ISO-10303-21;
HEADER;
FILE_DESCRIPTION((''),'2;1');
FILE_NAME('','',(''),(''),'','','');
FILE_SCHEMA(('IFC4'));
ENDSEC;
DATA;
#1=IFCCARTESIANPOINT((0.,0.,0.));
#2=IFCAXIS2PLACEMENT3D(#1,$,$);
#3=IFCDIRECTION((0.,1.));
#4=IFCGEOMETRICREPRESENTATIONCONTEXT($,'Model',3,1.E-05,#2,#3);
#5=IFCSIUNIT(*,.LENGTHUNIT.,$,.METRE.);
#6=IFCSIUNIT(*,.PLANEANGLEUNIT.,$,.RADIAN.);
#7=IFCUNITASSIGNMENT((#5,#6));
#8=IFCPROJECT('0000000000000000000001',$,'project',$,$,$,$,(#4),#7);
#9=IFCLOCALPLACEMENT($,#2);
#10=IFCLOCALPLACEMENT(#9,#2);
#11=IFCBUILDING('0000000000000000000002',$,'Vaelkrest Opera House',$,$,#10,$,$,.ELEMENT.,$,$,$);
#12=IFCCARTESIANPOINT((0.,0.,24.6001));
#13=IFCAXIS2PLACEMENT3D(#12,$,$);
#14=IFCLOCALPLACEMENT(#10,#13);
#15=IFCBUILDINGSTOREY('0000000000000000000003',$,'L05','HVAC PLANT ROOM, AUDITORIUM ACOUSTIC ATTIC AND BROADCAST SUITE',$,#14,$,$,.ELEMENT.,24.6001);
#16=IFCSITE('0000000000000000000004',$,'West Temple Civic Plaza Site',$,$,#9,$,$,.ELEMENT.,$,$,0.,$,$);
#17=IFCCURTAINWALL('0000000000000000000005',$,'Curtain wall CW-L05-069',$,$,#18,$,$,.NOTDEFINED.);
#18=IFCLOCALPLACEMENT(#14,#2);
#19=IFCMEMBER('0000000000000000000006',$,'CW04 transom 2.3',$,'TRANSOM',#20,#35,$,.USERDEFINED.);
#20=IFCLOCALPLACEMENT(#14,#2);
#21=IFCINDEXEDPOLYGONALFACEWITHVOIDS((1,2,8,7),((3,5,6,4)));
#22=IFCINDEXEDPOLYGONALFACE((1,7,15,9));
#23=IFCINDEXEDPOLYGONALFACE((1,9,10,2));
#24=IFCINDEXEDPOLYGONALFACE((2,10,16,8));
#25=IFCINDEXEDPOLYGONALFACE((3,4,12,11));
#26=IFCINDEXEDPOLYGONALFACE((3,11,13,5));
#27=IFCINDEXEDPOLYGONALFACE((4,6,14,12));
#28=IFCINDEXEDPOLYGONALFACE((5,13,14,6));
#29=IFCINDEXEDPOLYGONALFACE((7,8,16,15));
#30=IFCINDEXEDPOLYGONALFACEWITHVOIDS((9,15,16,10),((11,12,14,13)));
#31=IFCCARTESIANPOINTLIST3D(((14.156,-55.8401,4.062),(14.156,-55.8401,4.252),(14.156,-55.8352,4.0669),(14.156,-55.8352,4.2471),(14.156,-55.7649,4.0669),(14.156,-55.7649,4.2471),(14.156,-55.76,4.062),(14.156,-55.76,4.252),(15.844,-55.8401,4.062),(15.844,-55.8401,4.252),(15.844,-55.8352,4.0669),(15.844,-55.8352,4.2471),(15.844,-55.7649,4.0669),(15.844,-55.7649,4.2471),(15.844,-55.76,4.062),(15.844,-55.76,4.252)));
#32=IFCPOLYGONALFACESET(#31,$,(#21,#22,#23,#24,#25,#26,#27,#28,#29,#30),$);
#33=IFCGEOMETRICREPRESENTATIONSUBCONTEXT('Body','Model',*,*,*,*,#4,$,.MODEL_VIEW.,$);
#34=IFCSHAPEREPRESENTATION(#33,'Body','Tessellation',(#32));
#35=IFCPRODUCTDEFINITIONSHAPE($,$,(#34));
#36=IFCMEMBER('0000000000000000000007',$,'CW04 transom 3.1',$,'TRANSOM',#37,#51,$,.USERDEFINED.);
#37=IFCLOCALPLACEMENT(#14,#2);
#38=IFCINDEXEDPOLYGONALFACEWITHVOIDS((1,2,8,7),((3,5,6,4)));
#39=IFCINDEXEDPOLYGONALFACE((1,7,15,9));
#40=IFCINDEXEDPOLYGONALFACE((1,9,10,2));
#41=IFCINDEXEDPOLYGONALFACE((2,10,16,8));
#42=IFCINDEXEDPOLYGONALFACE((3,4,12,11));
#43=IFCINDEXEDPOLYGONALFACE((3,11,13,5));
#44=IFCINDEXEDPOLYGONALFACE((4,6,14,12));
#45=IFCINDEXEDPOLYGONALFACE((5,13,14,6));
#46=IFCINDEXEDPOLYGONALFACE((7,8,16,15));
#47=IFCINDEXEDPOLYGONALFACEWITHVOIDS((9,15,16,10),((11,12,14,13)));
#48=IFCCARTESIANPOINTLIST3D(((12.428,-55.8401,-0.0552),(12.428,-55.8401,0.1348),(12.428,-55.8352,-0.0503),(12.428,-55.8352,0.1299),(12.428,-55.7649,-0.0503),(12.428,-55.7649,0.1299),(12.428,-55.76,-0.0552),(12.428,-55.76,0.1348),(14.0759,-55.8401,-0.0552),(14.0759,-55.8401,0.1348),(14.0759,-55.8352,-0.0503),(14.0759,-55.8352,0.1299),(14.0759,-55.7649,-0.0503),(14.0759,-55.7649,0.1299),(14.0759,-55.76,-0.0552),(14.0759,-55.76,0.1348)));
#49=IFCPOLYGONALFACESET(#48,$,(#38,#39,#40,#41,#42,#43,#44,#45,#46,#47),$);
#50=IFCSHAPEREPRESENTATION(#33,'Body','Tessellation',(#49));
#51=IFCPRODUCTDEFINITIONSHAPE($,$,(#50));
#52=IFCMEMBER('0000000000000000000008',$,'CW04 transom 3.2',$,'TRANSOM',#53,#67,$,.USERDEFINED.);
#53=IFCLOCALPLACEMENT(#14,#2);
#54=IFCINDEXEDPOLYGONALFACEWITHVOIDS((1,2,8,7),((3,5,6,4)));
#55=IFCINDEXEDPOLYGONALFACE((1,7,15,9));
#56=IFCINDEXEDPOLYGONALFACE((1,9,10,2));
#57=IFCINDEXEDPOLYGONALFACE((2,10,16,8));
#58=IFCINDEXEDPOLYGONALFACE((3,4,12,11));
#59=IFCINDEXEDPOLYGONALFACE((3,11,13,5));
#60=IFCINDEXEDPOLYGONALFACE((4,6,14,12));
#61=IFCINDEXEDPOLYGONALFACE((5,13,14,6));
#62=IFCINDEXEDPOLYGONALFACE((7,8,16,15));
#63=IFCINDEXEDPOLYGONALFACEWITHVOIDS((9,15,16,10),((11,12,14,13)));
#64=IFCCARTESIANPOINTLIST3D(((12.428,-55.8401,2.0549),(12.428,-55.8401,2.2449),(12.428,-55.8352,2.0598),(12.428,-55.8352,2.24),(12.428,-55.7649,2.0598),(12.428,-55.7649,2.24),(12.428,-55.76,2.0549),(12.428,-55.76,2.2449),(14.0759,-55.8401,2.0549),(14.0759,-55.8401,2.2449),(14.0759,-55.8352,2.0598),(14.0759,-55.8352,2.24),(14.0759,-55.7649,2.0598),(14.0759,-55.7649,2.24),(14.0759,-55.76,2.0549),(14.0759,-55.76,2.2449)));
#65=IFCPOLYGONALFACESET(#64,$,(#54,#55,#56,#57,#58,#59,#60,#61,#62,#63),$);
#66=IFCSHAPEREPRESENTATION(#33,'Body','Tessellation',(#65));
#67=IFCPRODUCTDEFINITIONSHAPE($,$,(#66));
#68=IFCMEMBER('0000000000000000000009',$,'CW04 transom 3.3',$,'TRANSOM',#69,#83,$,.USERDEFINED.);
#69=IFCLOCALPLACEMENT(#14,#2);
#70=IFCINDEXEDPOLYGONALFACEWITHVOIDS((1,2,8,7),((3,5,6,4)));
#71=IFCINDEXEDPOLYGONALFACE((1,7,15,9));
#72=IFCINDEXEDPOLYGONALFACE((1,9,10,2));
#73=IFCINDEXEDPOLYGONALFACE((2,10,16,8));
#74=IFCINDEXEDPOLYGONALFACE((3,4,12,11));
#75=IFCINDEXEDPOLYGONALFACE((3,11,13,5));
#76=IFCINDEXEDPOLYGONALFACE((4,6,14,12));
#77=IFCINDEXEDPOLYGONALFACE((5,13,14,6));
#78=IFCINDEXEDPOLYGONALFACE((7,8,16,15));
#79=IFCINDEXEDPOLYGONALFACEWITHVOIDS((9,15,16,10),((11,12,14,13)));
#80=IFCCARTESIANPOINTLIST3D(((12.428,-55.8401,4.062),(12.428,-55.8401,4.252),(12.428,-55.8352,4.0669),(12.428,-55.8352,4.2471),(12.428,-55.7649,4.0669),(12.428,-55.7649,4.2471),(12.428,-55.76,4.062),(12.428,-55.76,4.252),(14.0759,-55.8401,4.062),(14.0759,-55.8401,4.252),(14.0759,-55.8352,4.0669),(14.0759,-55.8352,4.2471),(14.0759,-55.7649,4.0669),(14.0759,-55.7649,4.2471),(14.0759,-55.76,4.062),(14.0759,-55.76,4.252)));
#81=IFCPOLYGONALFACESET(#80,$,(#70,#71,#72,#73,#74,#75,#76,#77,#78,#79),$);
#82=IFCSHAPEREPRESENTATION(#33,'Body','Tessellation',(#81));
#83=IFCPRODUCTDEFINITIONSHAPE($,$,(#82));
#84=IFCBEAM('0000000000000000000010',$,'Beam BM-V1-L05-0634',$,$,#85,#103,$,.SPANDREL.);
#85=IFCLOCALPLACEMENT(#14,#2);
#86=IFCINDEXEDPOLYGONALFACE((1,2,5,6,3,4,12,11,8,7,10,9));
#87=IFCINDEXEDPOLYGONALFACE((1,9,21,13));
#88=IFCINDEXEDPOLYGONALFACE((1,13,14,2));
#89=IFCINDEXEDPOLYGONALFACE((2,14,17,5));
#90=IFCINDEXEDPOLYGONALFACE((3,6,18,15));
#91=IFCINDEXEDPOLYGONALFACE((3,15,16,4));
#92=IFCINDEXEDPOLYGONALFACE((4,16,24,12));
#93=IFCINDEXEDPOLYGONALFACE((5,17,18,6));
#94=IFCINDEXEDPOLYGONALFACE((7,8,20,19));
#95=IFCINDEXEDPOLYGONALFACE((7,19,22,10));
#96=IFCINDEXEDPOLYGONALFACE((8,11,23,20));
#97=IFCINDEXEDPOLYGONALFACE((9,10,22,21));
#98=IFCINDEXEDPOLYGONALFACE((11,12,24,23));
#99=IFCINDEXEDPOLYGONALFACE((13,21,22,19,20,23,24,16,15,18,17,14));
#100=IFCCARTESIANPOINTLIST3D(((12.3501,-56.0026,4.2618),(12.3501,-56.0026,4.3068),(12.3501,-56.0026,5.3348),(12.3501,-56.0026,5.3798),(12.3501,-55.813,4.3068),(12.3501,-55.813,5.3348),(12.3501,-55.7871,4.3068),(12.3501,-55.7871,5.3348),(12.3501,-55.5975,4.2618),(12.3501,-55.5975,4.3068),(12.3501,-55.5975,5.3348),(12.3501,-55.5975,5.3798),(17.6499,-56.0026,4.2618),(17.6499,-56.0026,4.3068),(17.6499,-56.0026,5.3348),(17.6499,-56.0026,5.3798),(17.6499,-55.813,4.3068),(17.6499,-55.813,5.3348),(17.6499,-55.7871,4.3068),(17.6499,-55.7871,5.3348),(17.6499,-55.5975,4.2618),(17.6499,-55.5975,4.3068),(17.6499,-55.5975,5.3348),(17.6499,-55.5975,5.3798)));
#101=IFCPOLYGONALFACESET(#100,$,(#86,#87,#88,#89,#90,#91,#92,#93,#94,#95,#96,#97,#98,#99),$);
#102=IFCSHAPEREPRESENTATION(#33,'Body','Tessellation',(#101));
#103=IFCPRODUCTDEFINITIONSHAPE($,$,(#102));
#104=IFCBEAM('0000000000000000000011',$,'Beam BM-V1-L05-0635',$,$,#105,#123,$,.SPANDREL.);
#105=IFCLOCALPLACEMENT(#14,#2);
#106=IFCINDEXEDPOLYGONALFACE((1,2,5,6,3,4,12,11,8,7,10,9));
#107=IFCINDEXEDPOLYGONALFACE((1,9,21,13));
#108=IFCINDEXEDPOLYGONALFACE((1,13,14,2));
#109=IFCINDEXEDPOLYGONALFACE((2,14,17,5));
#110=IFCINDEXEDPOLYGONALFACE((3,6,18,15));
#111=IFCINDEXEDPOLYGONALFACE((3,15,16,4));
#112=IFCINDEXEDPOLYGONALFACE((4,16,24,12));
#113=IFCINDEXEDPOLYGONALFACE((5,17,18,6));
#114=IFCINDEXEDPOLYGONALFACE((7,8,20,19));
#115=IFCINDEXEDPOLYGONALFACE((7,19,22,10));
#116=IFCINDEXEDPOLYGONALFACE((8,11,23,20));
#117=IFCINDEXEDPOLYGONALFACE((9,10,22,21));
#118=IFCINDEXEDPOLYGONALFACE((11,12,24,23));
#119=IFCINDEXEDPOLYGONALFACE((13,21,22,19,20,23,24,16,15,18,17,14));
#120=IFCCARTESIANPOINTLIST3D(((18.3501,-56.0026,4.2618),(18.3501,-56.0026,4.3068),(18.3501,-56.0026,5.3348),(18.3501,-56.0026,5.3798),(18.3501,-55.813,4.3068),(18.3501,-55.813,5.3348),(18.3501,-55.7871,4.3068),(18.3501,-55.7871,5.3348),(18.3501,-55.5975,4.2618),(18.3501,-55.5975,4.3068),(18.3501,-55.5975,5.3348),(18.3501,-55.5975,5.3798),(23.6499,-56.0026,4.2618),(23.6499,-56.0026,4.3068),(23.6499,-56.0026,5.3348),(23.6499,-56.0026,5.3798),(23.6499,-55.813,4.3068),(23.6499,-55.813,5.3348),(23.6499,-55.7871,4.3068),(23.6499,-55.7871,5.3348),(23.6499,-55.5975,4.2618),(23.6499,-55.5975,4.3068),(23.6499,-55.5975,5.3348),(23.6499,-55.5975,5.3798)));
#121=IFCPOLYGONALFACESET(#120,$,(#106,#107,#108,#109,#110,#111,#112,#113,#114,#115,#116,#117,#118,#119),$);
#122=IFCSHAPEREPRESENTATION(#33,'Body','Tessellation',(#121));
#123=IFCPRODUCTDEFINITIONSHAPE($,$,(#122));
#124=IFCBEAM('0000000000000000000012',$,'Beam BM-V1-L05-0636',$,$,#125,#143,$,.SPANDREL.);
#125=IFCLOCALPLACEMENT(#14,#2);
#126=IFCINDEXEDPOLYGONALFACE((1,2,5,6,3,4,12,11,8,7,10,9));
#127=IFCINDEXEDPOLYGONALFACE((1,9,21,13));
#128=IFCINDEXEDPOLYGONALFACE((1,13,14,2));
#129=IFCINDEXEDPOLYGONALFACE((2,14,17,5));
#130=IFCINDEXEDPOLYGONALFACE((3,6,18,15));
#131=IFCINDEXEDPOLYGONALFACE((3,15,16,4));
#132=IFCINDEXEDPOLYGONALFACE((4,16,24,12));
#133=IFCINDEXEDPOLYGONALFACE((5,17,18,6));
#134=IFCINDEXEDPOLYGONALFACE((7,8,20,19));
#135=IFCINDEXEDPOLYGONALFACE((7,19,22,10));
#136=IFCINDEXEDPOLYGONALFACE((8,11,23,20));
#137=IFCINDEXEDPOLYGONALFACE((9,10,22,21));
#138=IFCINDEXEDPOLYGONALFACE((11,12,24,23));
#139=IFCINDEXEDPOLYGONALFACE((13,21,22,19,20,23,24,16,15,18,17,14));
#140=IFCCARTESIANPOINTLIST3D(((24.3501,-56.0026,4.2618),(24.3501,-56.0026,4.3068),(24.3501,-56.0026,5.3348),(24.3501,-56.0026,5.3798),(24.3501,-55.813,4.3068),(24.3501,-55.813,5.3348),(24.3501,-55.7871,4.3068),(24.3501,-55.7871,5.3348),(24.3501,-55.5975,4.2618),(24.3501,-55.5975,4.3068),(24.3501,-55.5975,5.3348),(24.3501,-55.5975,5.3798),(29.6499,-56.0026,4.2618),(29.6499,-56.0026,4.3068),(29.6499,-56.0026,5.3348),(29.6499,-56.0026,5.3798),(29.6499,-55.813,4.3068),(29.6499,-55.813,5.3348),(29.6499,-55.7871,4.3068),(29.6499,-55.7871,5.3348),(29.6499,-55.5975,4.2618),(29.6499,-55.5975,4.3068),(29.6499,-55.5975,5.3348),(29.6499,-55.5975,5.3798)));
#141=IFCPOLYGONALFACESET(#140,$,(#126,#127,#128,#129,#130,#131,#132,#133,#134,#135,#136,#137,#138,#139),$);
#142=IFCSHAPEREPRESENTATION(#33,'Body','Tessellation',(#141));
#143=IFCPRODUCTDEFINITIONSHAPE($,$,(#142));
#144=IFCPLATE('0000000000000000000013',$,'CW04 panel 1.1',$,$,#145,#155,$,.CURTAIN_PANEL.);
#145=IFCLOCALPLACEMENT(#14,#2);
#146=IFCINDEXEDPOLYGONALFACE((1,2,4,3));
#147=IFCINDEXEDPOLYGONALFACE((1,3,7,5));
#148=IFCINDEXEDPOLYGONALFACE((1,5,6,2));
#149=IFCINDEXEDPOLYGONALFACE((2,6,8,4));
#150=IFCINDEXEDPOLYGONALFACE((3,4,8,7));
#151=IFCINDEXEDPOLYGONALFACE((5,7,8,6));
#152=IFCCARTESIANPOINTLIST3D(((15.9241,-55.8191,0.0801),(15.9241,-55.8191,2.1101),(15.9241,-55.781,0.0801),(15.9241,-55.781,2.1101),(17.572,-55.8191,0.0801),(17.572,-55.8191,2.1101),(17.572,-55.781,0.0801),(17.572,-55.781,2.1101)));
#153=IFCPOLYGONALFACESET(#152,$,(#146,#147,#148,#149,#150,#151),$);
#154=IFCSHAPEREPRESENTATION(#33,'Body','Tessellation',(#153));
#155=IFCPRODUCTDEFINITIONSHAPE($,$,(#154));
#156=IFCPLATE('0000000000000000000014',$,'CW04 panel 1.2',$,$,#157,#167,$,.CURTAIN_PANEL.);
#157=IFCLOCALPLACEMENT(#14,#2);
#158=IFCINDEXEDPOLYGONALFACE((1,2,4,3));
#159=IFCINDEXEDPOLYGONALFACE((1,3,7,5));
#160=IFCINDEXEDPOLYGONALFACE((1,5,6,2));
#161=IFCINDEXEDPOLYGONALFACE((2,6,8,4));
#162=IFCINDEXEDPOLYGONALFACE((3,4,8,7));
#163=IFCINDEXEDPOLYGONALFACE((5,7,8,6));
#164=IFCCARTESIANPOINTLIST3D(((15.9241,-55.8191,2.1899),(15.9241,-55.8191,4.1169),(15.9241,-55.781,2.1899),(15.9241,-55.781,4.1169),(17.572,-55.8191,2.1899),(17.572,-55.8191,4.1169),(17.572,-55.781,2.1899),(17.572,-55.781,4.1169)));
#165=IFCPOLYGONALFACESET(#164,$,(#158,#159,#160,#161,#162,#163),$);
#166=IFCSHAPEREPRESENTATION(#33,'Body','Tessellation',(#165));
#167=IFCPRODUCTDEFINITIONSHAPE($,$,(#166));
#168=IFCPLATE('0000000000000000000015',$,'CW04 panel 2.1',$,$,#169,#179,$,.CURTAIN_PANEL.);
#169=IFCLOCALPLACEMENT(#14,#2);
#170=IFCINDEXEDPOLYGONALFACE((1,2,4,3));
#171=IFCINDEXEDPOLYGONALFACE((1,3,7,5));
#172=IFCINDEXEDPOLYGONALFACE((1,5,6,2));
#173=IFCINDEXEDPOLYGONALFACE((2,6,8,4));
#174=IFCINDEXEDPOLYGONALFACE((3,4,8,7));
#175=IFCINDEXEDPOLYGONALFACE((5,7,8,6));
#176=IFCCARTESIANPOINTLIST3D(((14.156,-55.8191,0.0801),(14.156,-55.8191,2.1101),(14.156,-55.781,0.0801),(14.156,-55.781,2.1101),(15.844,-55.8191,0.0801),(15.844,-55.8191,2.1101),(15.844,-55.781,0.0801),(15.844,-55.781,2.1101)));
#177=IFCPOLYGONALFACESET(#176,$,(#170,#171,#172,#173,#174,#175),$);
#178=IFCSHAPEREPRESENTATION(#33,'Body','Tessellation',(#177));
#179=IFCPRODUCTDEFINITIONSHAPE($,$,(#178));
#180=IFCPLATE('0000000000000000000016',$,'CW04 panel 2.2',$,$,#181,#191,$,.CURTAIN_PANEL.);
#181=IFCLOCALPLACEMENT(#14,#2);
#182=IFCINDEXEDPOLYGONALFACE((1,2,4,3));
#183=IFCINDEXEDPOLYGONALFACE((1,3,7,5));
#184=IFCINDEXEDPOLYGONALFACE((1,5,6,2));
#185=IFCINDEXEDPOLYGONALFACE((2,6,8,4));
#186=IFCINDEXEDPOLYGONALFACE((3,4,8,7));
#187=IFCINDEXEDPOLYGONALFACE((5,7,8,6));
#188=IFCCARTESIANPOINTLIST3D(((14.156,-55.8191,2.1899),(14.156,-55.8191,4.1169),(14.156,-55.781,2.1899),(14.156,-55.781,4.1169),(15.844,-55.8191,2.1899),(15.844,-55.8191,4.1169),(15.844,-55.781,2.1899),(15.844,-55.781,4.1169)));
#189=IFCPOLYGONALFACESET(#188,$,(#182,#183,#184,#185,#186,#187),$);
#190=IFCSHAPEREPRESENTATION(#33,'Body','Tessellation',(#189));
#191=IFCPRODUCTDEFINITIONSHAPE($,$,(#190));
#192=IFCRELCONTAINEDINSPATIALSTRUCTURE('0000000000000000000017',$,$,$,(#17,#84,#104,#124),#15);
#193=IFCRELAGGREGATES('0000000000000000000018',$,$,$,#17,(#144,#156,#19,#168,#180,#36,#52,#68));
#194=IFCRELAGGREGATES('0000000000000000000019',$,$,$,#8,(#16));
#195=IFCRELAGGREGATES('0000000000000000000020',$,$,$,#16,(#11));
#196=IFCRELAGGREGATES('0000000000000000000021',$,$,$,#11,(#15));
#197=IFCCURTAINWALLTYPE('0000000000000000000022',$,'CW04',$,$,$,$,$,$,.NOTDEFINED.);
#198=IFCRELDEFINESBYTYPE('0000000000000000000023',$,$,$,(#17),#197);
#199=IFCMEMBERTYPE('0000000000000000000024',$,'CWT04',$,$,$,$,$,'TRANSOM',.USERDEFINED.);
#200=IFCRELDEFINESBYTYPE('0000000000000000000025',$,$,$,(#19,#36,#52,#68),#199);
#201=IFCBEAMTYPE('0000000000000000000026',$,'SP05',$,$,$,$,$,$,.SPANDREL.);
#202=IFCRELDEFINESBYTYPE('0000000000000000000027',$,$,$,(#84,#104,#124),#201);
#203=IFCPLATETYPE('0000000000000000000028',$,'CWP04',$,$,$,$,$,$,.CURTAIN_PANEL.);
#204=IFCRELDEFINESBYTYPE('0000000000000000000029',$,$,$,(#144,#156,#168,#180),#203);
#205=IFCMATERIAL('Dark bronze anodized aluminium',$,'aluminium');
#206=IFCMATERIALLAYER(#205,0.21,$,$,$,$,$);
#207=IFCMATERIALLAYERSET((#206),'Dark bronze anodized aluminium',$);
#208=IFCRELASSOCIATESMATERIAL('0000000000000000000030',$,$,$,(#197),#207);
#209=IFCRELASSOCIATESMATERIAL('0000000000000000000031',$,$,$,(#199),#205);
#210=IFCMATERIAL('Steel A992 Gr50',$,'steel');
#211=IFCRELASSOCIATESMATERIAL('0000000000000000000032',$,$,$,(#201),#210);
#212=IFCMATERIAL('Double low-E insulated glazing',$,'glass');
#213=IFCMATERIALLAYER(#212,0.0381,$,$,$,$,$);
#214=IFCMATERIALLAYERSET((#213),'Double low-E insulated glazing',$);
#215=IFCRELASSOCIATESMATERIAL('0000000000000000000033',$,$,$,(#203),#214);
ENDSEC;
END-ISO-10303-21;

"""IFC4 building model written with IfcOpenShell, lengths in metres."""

from ifc_helpers import new_model, si_unit, direction, frame, origin, origin_2d, place, context, subcontext, project, spatial, rectangle, hollow_rectangle, i_section, extrude, material, layer, layer_set, material_profile, profile_set, type_object, element, aggregate, save


model = new_model("IFC4")

# Units and contexts
model_context = context("Model", 3, precision=1e-05, world=origin(), true_north=direction((0.0, 1.0)))
body_context = subcontext(model_context, "Body", "Model", "MODEL_VIEW")
ifc_project = project(units=[si_unit("LENGTHUNIT", "METRE"), si_unit("PLANEANGLEUNIT", "RADIAN")], contexts=[model_context])

# Site, building, storey
site_placement = place(None, origin())
site = spatial("IfcSite", under=ifc_project, at=site_placement, Name="West Temple Civic Plaza Site", CompositionType="ELEMENT", RefElevation=0.0)
building_placement = place(site_placement, origin())
building = spatial("IfcBuilding", under=site, at=building_placement, Name="Vaelkrest Opera House", CompositionType="ELEMENT")
storey_placement = place(building_placement, frame((0.0, 0.0, 24.6001)))
storey = spatial("IfcBuildingStorey", under=building, at=storey_placement, Name="L05", Description="HVAC PLANT ROOM, AUDITORIUM ACOUSTIC ATTIC AND BROADCAST SUITE", CompositionType="ELEMENT", Elevation=24.6001)

# Curtain wall, members
ifc_material_1 = material(Name="Dark bronze anodized aluminium", Category="aluminium")
ifc_layer_1 = layer(ifc_material_1, 0.21)
ifc_layer_set_1 = layer_set([ifc_layer_1], Name="Dark bronze anodized aluminium")
curtain_wall_type = type_object("IfcCurtainWallType", Name="CW04", PredefinedType="NOTDEFINED", material=ifc_layer_set_1)
curtain_wall_placement = place(storey_placement, origin())
curtain_wall = element("IfcCurtainWall", 1, at=curtain_wall_placement, inside=storey, type_object=curtain_wall_type, Name="Curtain wall CW-L05-069", PredefinedType="NOTDEFINED")
ifc_material_profile_1 = material_profile(ifc_material_1, hollow_rectangle(XDim=0.0801, YDim=0.1899, WallThickness=0.0049, at=origin_2d()), Name="CWT80X190")
ifc_profile_set_1 = profile_set([ifc_material_profile_1], Name="Dark bronze anodized aluminium")
member_type_1 = type_object("IfcMemberType", Name="CWT04", ElementType="TRANSOM", PredefinedType="USERDEFINED", material=ifc_profile_set_1)
member_1_placement = place(storey_placement, frame((15.844, -55.8, 4.157), z_axis=(-1.0, 0.0, 0.0), x_axis=(0.0, -1.0, 0.0)))
member_1 = element("IfcMember", 2, at=member_1_placement, type_object=member_type_1, Name="CW04 transom 2.3", ObjectType="TRANSOM", PredefinedType="USERDEFINED", context=body_context, shape_type="SweptSolid", body=[
    extrude(hollow_rectangle(XDim=0.0801, YDim=0.1899, WallThickness=0.0049, at=origin_2d()), origin(), (0.0, 0.0, 1.0), 1.688),
])
member_2_placement = place(storey_placement, frame((14.0759, -55.8, 0.0398), z_axis=(-1.0, 0.0, 0.0), x_axis=(0.0, -1.0, 0.0)))
member_2 = element("IfcMember", 3, at=member_2_placement, type_object=member_type_1, Name="CW04 transom 3.1", ObjectType="TRANSOM", PredefinedType="USERDEFINED", context=body_context, shape_type="SweptSolid", body=[
    extrude(hollow_rectangle(XDim=0.0801, YDim=0.1899, WallThickness=0.0049, at=origin_2d()), origin(), (0.0, 0.0, 1.0), 1.6479),
])
member_3_placement = place(storey_placement, frame((14.0759, -55.8, 2.1499), z_axis=(-1.0, 0.0, 0.0), x_axis=(0.0, -1.0, 0.0)))
member_3 = element("IfcMember", 4, at=member_3_placement, type_object=member_type_1, Name="CW04 transom 3.2", ObjectType="TRANSOM", PredefinedType="USERDEFINED", context=body_context, shape_type="SweptSolid", body=[
    extrude(hollow_rectangle(XDim=0.0801, YDim=0.1899, WallThickness=0.0049, at=origin_2d()), origin(), (0.0, 0.0, 1.0), 1.6479),
])
member_4_placement = place(storey_placement, frame((14.0759, -55.8, 4.157), z_axis=(-1.0, 0.0, 0.0), x_axis=(0.0, -1.0, 0.0)))
member_4 = element("IfcMember", 5, at=member_4_placement, type_object=member_type_1, Name="CW04 transom 3.3", ObjectType="TRANSOM", PredefinedType="USERDEFINED", context=body_context, shape_type="SweptSolid", body=[
    extrude(hollow_rectangle(XDim=0.0801, YDim=0.1899, WallThickness=0.0049, at=origin_2d()), origin(), (0.0, 0.0, 1.0), 1.6479),
])

# Beams
ifc_material_2 = material(Name="Steel A992 Gr50", Category="steel")
ifc_material_profile_2 = material_profile(ifc_material_2, i_section(OverallWidth=0.405, OverallDepth=1.1179, WebThickness=0.0259, FlangeThickness=0.0449, at=origin_2d()), Name="W44X335")
ifc_profile_set_2 = profile_set([ifc_material_profile_2], Name="Steel A992 Gr50")
beam_type = type_object("IfcBeamType", Name="SP05", PredefinedType="SPANDREL", material=ifc_profile_set_2)
for number, where, z_axis, x_axis, name in (
    (6, (12.3501, -55.8, 4.8208), (1.0, 0.0, 0.0), (0.0, 1.0, 0.0), "Beam BM-V1-L05-0634"),
    (7, (18.3501, -55.8, 4.8208), (1.0, 0.0, 0.0), (0.0, 1.0, 0.0), "Beam BM-V1-L05-0635"),
    (8, (24.3501, -55.8, 4.8208), (1.0, 0.0, 0.0), (0.0, 1.0, 0.0), "Beam BM-V1-L05-0636"),
):
    element("IfcBeam", number, at=place(storey_placement, frame(where, z_axis=z_axis, x_axis=x_axis)), inside=storey, type_object=beam_type, Name=name, PredefinedType="SPANDREL", context=body_context, shape_type="SweptSolid", body=[
        extrude(i_section(OverallWidth=0.405, OverallDepth=1.1179, WebThickness=0.0259, FlangeThickness=0.0449, at=origin_2d()), origin(), (0.0, 0.0, 1.0), 5.2998),
    ])

# Plates
ifc_material_3 = material(Name="Double low-E insulated glazing", Category="glass")
ifc_layer_2 = layer(ifc_material_3, 0.0381)
ifc_layer_set_2 = layer_set([ifc_layer_2], Name="Double low-E insulated glazing")
plate_type = type_object("IfcPlateType", Name="CWP04", PredefinedType="CURTAIN_PANEL", material=ifc_layer_set_2)
plate_1_placement = place(storey_placement, frame((16.748, -55.8, 0.0801), z_axis=(0.0, 0.0, 1.0), x_axis=(-1.0, 0.0, 0.0)))
plate_1 = element("IfcPlate", 9, at=plate_1_placement, type_object=plate_type, Name="CW04 panel 1.1", PredefinedType="CURTAIN_PANEL", context=body_context, shape_type="SweptSolid", body=[
    extrude(rectangle(XDim=1.6479, YDim=0.0381, at=origin_2d()), origin(), (0.0, 0.0, 1.0), 2.03),
])
plate_2_placement = place(storey_placement, frame((16.748, -55.8, 2.1899), z_axis=(0.0, 0.0, 1.0), x_axis=(-1.0, 0.0, 0.0)))
plate_2 = element("IfcPlate", 10, at=plate_2_placement, type_object=plate_type, Name="CW04 panel 1.2", PredefinedType="CURTAIN_PANEL", context=body_context, shape_type="SweptSolid", body=[
    extrude(rectangle(XDim=1.6479, YDim=0.0381, at=origin_2d()), origin(), (0.0, 0.0, 1.0), 1.927),
])
plate_3_placement = place(storey_placement, frame((15.0, -55.8, 0.0801), z_axis=(0.0, 0.0, 1.0), x_axis=(-1.0, 0.0, 0.0)))
plate_3 = element("IfcPlate", 11, at=plate_3_placement, type_object=plate_type, Name="CW04 panel 2.1", PredefinedType="CURTAIN_PANEL", context=body_context, shape_type="SweptSolid", body=[
    extrude(rectangle(XDim=1.688, YDim=0.0381, at=origin_2d()), origin(), (0.0, 0.0, 1.0), 2.03),
])
plate_4_placement = place(storey_placement, frame((15.0, -55.8, 2.1899), z_axis=(0.0, 0.0, 1.0), x_axis=(-1.0, 0.0, 0.0)))
plate_4 = element("IfcPlate", 12, at=plate_4_placement, type_object=plate_type, Name="CW04 panel 2.2", PredefinedType="CURTAIN_PANEL", context=body_context, shape_type="SweptSolid", body=[
    extrude(rectangle(XDim=1.688, YDim=0.0381, at=origin_2d()), origin(), (0.0, 0.0, 1.0), 1.927),
])
aggregate(curtain_wall, [plate_1, plate_2, member_1, plate_3, plate_4, member_2, member_3, member_4])

save(model, "model.ifc")
